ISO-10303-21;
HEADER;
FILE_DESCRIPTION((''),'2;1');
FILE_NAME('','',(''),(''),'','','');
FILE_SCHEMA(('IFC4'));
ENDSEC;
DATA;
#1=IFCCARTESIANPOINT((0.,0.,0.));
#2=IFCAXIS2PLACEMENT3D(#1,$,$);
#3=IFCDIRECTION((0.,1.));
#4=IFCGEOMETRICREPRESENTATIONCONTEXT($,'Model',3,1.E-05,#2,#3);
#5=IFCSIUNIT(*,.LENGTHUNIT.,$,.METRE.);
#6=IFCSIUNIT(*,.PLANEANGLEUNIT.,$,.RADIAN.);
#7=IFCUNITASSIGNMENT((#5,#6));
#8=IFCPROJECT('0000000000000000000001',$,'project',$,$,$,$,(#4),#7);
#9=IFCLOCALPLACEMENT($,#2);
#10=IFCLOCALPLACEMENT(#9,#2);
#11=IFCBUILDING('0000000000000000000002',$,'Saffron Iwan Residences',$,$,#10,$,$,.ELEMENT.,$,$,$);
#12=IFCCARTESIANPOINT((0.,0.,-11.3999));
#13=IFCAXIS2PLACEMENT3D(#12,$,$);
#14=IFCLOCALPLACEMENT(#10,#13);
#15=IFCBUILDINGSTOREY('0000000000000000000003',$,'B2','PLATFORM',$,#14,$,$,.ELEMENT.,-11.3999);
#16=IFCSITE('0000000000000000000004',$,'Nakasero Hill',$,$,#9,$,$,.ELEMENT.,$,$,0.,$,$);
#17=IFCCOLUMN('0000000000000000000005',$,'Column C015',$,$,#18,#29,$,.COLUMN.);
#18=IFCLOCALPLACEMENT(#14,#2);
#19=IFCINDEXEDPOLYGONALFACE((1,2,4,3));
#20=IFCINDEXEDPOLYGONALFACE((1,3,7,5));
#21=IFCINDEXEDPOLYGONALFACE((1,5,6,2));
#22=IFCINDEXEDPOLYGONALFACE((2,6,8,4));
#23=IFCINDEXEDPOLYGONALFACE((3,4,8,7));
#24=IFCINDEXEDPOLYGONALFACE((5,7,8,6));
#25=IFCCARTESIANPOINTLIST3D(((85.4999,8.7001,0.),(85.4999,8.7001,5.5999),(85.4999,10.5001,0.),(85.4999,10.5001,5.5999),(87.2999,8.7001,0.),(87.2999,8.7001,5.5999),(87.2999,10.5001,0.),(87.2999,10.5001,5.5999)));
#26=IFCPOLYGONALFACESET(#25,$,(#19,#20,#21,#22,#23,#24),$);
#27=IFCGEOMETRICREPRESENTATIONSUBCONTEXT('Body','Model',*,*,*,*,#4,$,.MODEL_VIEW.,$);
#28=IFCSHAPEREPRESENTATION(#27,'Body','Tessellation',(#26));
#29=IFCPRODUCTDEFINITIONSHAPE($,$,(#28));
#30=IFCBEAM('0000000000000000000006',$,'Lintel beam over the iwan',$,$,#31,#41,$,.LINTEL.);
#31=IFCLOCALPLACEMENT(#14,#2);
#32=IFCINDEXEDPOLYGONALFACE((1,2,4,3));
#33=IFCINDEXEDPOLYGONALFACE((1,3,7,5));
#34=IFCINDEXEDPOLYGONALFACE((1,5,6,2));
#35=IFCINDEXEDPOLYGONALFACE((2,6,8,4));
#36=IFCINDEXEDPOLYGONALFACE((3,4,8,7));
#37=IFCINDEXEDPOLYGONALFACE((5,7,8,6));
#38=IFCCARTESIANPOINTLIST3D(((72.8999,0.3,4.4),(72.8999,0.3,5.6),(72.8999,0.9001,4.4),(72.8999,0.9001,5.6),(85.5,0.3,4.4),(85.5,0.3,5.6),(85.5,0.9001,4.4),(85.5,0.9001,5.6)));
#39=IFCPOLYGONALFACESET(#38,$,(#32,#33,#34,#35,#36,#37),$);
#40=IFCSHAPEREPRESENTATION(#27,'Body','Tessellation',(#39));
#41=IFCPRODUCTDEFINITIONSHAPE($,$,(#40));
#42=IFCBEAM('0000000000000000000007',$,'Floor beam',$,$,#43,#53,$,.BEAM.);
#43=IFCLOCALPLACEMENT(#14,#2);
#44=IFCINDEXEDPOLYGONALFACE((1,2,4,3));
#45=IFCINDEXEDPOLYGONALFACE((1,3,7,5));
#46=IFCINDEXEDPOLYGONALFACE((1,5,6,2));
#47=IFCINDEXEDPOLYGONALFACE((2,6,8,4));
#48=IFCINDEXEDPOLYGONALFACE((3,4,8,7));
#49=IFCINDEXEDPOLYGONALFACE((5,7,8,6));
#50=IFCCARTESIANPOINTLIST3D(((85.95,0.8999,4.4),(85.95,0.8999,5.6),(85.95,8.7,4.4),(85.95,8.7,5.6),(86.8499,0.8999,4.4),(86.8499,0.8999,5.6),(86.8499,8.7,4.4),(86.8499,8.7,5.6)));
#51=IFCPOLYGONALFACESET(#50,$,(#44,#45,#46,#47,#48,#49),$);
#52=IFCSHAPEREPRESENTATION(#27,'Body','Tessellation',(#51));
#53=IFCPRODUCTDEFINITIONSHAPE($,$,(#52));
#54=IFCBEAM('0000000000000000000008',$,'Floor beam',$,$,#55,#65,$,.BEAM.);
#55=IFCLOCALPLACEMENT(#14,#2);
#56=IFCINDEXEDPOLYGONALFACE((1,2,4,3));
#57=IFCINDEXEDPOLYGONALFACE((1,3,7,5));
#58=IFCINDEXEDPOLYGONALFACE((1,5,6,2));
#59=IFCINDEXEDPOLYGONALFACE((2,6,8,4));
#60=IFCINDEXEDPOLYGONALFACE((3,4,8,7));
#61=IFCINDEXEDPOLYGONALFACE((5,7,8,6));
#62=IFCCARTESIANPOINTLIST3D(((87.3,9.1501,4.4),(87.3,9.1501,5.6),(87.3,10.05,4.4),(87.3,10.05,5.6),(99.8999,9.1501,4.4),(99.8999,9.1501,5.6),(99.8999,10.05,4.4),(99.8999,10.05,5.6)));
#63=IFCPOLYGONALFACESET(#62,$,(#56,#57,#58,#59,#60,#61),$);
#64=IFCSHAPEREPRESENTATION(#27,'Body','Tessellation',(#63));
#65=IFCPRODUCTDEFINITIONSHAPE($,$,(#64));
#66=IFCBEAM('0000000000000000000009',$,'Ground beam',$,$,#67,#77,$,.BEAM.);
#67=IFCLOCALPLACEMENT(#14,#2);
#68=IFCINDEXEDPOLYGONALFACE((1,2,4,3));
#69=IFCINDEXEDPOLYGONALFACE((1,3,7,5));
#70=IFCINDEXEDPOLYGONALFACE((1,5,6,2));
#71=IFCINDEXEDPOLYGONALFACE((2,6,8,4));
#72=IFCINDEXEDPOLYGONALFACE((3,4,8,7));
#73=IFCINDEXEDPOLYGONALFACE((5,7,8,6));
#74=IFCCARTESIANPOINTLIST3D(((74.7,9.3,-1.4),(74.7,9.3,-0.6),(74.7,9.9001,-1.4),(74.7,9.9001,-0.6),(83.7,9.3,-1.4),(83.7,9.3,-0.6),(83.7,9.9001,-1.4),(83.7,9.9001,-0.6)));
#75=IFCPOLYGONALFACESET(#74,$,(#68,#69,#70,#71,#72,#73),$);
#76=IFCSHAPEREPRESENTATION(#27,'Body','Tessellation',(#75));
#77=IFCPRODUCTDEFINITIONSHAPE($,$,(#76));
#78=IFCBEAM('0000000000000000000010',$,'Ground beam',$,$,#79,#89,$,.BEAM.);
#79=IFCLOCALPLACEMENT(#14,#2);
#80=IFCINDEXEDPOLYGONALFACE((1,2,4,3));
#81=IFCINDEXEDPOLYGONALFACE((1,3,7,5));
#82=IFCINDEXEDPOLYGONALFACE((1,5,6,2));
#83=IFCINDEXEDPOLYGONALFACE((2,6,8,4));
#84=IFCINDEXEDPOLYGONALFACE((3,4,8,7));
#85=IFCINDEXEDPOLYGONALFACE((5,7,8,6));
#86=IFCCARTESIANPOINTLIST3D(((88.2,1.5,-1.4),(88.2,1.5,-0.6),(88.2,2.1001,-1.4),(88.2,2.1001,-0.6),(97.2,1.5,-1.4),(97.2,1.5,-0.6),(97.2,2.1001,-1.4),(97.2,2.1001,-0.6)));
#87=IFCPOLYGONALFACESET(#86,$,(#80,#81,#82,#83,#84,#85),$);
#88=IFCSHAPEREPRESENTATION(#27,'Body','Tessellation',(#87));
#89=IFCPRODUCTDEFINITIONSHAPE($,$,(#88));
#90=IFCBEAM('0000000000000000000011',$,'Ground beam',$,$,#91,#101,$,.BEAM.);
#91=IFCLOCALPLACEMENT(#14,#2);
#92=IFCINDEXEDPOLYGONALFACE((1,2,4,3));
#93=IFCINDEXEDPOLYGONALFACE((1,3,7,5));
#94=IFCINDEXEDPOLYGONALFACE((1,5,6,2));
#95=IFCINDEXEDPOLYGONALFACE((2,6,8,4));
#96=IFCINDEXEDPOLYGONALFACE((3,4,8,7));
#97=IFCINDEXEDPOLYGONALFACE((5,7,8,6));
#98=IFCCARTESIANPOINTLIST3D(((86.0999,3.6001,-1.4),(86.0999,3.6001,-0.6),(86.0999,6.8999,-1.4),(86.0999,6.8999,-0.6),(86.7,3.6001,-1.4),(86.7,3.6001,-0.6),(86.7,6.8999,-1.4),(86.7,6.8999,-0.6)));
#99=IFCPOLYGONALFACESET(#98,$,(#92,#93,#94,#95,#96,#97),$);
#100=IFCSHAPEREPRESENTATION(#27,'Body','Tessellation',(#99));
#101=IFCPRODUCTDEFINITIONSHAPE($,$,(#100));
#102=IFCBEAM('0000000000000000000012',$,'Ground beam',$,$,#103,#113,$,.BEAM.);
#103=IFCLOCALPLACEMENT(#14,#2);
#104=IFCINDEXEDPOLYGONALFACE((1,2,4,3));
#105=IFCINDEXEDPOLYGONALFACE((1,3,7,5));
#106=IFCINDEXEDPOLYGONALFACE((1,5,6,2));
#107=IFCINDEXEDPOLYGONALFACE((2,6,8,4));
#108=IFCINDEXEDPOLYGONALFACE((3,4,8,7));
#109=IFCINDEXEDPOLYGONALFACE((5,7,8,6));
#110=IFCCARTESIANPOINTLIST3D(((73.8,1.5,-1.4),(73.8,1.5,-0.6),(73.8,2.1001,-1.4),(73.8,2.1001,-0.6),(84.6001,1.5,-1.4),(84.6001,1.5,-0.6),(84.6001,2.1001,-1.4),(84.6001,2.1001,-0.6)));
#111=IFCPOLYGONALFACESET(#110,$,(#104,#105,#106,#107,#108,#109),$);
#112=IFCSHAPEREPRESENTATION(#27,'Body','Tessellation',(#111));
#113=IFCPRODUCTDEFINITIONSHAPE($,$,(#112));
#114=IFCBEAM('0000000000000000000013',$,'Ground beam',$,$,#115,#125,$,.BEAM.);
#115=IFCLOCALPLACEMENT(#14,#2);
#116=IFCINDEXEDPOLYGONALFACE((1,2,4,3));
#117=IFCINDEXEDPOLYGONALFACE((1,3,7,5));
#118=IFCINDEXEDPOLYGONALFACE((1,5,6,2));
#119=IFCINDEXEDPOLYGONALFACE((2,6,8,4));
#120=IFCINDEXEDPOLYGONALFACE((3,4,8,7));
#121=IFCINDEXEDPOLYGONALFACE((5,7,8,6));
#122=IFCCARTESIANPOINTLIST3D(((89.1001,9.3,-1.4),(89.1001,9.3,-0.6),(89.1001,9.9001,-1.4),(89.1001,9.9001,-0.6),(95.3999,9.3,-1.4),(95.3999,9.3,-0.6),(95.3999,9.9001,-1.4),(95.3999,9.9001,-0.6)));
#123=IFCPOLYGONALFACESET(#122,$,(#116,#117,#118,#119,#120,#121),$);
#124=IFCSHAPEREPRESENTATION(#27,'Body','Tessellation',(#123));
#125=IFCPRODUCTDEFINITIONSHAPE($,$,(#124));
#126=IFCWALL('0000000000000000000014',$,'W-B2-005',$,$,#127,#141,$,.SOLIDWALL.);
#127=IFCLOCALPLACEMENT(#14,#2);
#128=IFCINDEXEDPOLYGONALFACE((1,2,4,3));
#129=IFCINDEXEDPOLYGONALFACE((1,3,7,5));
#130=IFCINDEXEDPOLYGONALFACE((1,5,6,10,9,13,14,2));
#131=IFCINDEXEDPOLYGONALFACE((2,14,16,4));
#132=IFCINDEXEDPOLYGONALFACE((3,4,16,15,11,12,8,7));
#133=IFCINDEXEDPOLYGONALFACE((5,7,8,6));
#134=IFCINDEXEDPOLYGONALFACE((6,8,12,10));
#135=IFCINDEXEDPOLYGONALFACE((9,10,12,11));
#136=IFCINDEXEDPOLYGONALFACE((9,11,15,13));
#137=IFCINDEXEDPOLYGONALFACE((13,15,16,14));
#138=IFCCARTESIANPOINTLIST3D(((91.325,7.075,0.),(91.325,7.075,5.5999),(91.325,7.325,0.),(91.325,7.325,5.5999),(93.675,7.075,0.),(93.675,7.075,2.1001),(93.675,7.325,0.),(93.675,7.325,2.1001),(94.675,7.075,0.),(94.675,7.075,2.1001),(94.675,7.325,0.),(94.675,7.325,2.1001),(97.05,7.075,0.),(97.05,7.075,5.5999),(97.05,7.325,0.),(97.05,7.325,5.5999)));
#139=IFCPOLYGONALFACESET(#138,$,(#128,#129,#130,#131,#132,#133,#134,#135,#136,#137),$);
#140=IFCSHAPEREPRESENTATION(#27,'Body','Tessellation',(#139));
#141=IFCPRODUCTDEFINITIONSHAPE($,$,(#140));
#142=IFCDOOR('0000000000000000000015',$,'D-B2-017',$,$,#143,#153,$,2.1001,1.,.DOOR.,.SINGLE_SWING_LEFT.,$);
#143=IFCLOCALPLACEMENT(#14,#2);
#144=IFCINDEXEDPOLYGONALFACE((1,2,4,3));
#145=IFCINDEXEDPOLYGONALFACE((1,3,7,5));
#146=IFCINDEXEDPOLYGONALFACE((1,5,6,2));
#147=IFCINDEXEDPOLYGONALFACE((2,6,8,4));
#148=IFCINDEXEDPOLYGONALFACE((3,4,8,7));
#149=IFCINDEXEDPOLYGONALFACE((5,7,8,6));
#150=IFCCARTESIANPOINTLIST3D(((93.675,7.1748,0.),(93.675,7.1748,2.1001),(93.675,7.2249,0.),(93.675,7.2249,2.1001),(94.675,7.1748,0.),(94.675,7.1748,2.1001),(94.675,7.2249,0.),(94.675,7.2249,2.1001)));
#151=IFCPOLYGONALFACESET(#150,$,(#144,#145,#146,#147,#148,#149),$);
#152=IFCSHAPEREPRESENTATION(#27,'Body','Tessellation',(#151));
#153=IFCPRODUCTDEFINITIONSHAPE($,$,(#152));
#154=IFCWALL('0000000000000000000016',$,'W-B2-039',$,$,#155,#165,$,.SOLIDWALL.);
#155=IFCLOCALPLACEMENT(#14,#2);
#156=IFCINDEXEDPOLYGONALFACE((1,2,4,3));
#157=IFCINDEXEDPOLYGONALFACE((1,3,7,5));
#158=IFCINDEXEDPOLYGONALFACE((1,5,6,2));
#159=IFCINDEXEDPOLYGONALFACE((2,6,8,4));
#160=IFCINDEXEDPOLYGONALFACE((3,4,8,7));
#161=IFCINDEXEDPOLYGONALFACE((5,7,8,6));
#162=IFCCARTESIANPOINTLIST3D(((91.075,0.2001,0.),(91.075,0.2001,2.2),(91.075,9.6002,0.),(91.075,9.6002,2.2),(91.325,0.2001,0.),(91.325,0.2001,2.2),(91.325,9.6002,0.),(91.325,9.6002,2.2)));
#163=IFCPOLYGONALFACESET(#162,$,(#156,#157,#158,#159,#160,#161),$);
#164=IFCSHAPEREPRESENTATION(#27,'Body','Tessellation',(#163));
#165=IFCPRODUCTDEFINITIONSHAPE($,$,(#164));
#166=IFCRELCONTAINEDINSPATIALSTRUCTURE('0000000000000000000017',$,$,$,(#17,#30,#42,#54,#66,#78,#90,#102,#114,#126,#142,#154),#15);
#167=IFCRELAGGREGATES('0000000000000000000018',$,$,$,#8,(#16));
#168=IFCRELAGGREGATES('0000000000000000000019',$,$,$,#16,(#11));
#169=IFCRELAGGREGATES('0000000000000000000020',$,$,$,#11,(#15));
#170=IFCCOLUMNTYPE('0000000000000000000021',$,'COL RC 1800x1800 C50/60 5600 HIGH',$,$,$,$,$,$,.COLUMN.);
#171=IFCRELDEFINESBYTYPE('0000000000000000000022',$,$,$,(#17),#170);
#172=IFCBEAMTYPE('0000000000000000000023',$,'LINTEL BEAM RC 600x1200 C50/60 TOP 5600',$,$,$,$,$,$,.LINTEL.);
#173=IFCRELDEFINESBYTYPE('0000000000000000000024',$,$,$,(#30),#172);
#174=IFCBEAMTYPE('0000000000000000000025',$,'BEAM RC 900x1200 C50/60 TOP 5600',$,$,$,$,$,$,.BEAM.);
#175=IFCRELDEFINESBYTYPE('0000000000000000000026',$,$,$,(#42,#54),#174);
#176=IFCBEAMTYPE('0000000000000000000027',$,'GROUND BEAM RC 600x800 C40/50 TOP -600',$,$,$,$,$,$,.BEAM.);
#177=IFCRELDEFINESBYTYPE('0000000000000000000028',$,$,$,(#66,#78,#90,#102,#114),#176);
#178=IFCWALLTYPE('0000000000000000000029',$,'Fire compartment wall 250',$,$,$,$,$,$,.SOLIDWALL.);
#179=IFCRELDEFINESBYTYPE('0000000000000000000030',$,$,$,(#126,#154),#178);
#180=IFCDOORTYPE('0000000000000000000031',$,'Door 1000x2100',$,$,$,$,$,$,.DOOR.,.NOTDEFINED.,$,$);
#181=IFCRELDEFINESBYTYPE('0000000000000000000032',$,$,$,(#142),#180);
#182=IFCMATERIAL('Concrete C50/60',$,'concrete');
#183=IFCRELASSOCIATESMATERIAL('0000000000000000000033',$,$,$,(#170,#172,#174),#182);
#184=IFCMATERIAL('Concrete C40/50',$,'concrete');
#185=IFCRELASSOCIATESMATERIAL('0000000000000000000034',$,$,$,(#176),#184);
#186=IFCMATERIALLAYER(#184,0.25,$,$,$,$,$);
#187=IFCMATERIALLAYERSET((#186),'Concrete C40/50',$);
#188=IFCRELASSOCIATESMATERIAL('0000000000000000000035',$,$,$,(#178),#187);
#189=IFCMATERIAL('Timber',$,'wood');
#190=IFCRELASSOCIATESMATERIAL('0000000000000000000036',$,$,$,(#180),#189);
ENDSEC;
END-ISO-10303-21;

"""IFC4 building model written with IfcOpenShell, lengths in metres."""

from ifc_helpers import new_model, si_unit, direction, frame, frame_2d, origin, origin_2d, place, context, subcontext, project, spatial, rectangle, extrude, source, transform, mapped, material, layer, layer_set, material_profile, profile_set, type_object, element, fill, save


model = new_model("IFC4")

# Units and contexts
model_context = context("Model", 3, precision=1e-05, world=origin(), true_north=direction((0.0, 1.0)))
body_context = subcontext(model_context, "Body", "Model", "MODEL_VIEW")
ifc_project = project(units=[si_unit("LENGTHUNIT", "METRE"), si_unit("PLANEANGLEUNIT", "RADIAN")], contexts=[model_context])

# Site, building, storey
site_placement = place(None, origin())
site = spatial("IfcSite", under=ifc_project, at=site_placement, Name="Nakasero Hill", CompositionType="ELEMENT", RefElevation=0.0)
building_placement = place(site_placement, origin())
building = spatial("IfcBuilding", under=site, at=building_placement, Name="Saffron Iwan Residences", CompositionType="ELEMENT")
storey_placement = place(building_placement, frame((0.0, 0.0, -11.3999)))
storey = spatial("IfcBuildingStorey", under=building, at=storey_placement, Name="B2", Description="PLATFORM", CompositionType="ELEMENT", Elevation=-11.3999)

# Shared definitions
ifc_material_1 = material(Name="Concrete C40/50", Category="concrete")

# Column
ifc_material_2 = material(Name="Concrete C50/60", Category="concrete")
ifc_material_profile_1 = material_profile(ifc_material_2, rectangle(XDim=1.8, YDim=1.8, at=origin_2d()), Name="RC 1800x1800")
ifc_profile_set_1 = profile_set([ifc_material_profile_1], Name="Concrete C50/60")
column_type = type_object("IfcColumnType", Name="COL RC 1800x1800 C50/60 5600 HIGH", PredefinedType="COLUMN", material=ifc_profile_set_1)
shared_shape_1 = source(origin(), body_context, "Body", "SweptSolid", [
    extrude(rectangle(XDim=1.8, YDim=1.8, at=origin_2d()), origin(), (0.0, 0.0, 1.0), 5.5999),
])
for number, where, z_axis, x_axis, name in (
    (1, (86.3999, 9.6001, 0.0), (0.0, 0.0, 1.0), (1.0, 0.0, 0.0), "Column C015"),
):
    element("IfcColumn", number, at=place(storey_placement, frame(where, z_axis=z_axis, x_axis=x_axis)), inside=storey, type_object=column_type, Name=name, PredefinedType="COLUMN", context=body_context, shape_type="MappedRepresentation", body=[
        mapped(shared_shape_1, transform((0.0, 0.0, 0.0))),
    ])

# Beams
ifc_material_profile_2 = material_profile(ifc_material_2, rectangle(XDim=0.6001, YDim=1.2, at=origin_2d()), Name="RC 600x1200")
ifc_profile_set_2 = profile_set([ifc_material_profile_2], Name="Concrete C50/60")
beam_type_1 = type_object("IfcBeamType", Name="LINTEL BEAM RC 600x1200 C50/60 TOP 5600", PredefinedType="LINTEL", material=ifc_profile_set_2)
shared_shape_2 = source(origin(), body_context, "Body", "SweptSolid", [
    extrude(rectangle(XDim=0.6001, YDim=1.2, at=origin_2d()), origin(), (0.0, 0.0, 1.0), 12.6001),
])
beam_1_placement = place(storey_placement, frame((85.5, 0.6001, 5.0), z_axis=(-1.0, 0.0, 0.0), x_axis=(0.0, -1.0, 0.0)))
element("IfcBeam", 2, at=beam_1_placement, inside=storey, type_object=beam_type_1, Name="Lintel beam over the iwan", PredefinedType="LINTEL", context=body_context, shape_type="MappedRepresentation", body=[
    mapped(shared_shape_2, transform((0.0, 0.0, 0.0))),
])
ifc_material_profile_3 = material_profile(ifc_material_2, rectangle(XDim=0.8999, YDim=1.2, at=origin_2d()), Name="RC 900x1200")
ifc_profile_set_3 = profile_set([ifc_material_profile_3], Name="Concrete C50/60")
beam_type_2 = type_object("IfcBeamType", Name="BEAM RC 900x1200 C50/60 TOP 5600", PredefinedType="BEAM", material=ifc_profile_set_3)
shared_shape_3 = source(origin(), body_context, "Body", "SweptSolid", [
    extrude(rectangle(XDim=0.8999, YDim=1.2, at=origin_2d()), origin(), (0.0, 0.0, 1.0), 7.8),
])
beam_2_placement = place(storey_placement, frame((86.3999, 0.8999, 5.0), z_axis=(0.0, 1.0, 0.0), x_axis=(-1.0, 0.0, 0.0)))
element("IfcBeam", 3, at=beam_2_placement, inside=storey, type_object=beam_type_2, Name="Floor beam", PredefinedType="BEAM", context=body_context, shape_type="MappedRepresentation", body=[
    mapped(shared_shape_3, transform((0.0, 0.0, 0.0))),
])
shared_shape_4 = source(origin(), body_context, "Body", "SweptSolid", [
    extrude(rectangle(XDim=0.8999, YDim=1.2, at=origin_2d()), origin(), (0.0, 0.0, 1.0), 12.5999),
])
beam_3_placement = place(storey_placement, frame((87.3, 9.6001, 5.0), z_axis=(1.0, 0.0, 0.0), x_axis=(0.0, 1.0, 0.0)))
element("IfcBeam", 4, at=beam_3_placement, inside=storey, type_object=beam_type_2, Name="Floor beam", PredefinedType="BEAM", context=body_context, shape_type="MappedRepresentation", body=[
    mapped(shared_shape_4, transform((0.0, 0.0, 0.0))),
])
ifc_material_profile_4 = material_profile(ifc_material_1, rectangle(XDim=0.6001, YDim=0.8, at=origin_2d()), Name="RC 600x800")
ifc_profile_set_4 = profile_set([ifc_material_profile_4], Name="Concrete C40/50")
beam_type_3 = type_object("IfcBeamType", Name="GROUND BEAM RC 600x800 C40/50 TOP -600", PredefinedType="BEAM", material=ifc_profile_set_4)
shared_shape_5 = source(origin(), body_context, "Body", "SweptSolid", [
    extrude(rectangle(XDim=0.6001, YDim=0.8, at=origin_2d()), origin(), (0.0, 0.0, 1.0), 9.0),
])
for number, where, z_axis, x_axis, name in (
    (5, (74.7, 9.6001, -1.0), (1.0, 0.0, 0.0), (0.0, 1.0, 0.0), "Ground beam"),
    (6, (88.2, 1.8, -1.0), (1.0, 0.0, 0.0), (0.0, 1.0, 0.0), "Ground beam"),
):
    element("IfcBeam", number, at=place(storey_placement, frame(where, z_axis=z_axis, x_axis=x_axis)), inside=storey, type_object=beam_type_3, Name=name, PredefinedType="BEAM", context=body_context, shape_type="MappedRepresentation", body=[
        mapped(shared_shape_5, transform((0.0, 0.0, 0.0))),
    ])
shared_shape_6 = source(origin(), body_context, "Body", "SweptSolid", [
    extrude(rectangle(XDim=0.6001, YDim=0.8, at=origin_2d()), origin(), (0.0, 0.0, 1.0), 3.2998),
])
beam_4_placement = place(storey_placement, frame((86.3999, 3.6001, -1.0), z_axis=(0.0, 1.0, 0.0), x_axis=(-1.0, 0.0, 0.0)))
element("IfcBeam", 7, at=beam_4_placement, inside=storey, type_object=beam_type_3, Name="Ground beam", PredefinedType="BEAM", context=body_context, shape_type="MappedRepresentation", body=[
    mapped(shared_shape_6, transform((0.0, 0.0, 0.0))),
])
shared_shape_7 = source(origin(), body_context, "Body", "SweptSolid", [
    extrude(rectangle(XDim=0.6001, YDim=0.8, at=origin_2d()), origin(), (0.0, 0.0, 1.0), 10.8),
])
beam_5_placement = place(storey_placement, frame((73.8, 1.8, -1.0), z_axis=(1.0, 0.0, 0.0), x_axis=(0.0, 1.0, 0.0)))
element("IfcBeam", 8, at=beam_5_placement, inside=storey, type_object=beam_type_3, Name="Ground beam", PredefinedType="BEAM", context=body_context, shape_type="MappedRepresentation", body=[
    mapped(shared_shape_7, transform((0.0, 0.0, 0.0))),
])
shared_shape_8 = source(origin(), body_context, "Body", "SweptSolid", [
    extrude(rectangle(XDim=0.6001, YDim=0.8, at=origin_2d()), origin(), (0.0, 0.0, 1.0), 6.2998),
])
beam_6_placement = place(storey_placement, frame((89.1001, 9.6001, -1.0), z_axis=(1.0, 0.0, 0.0), x_axis=(0.0, 1.0, 0.0)))
element("IfcBeam", 9, at=beam_6_placement, inside=storey, type_object=beam_type_3, Name="Ground beam", PredefinedType="BEAM", context=body_context, shape_type="MappedRepresentation", body=[
    mapped(shared_shape_8, transform((0.0, 0.0, 0.0))),
])

# Wall, opening, door
ifc_layer_1 = layer(ifc_material_1, 0.25)
ifc_layer_set_1 = layer_set([ifc_layer_1], Name="Concrete C40/50")
wall_type_1 = type_object("IfcWallType", Name="Fire compartment wall 250", PredefinedType="SOLIDWALL", material=ifc_layer_set_1)
wall_1_placement = place(storey_placement, frame((91.325, 7.2, 0.0), z_axis=(0.0, 0.0, 1.0), x_axis=(1.0, 0.0, 0.0)))
wall_1 = element("IfcWall", 10, at=wall_1_placement, inside=storey, type_object=wall_type_1, Name="W-B2-005", PredefinedType="SOLIDWALL", context=body_context, shape_type="SweptSolid", body=[
    extrude(rectangle(XDim=5.7251, YDim=0.25, at=frame_2d((2.8625, 0.0))), origin(), (0.0, 0.0, 1.0), 5.5999),
])
opening_1_placement = place(wall_1_placement, frame((2.3501, 0.0, 0.0)))
opening_1 = element("IfcOpeningElement", 11, at=opening_1_placement, cuts=wall_1, PredefinedType="OPENING", context=body_context, shape_type="SweptSolid", body=[
    extrude(rectangle(XDim=1.0, YDim=2.1001, at=frame_2d((0.5, 1.05))), frame((0.0, 0.135, 0.0), z_axis=(0.0, -1.0, 0.0), x_axis=(1.0, 0.0, 0.0)), (0.0, 0.0, 1.0), 0.27),
])
ifc_material_3 = material(Name="Timber", Category="wood")
door_type_1 = type_object("IfcDoorType", Name="Door 1000x2100", OperationType="NOTDEFINED", PredefinedType="DOOR", material=ifc_material_3)
door_1_placement = place(opening_1_placement, origin())
door_1 = element("IfcDoor", 12, at=door_1_placement, inside=storey, type_object=door_type_1, Name="D-B2-017", OperationType="SINGLE_SWING_LEFT", OverallHeight=2.1001, OverallWidth=1.0, PredefinedType="DOOR", context=body_context, shape_type="SweptSolid", body=[
    extrude(rectangle(XDim=1.0, YDim=2.1001, at=frame_2d((0.5, 1.05))), frame((0.0, 0.0249, 0.0), z_axis=(0.0, -1.0, 0.0), x_axis=(1.0, 0.0, 0.0)), (0.0, 0.0, 1.0), 0.05),
])
fill(opening_1, door_1)

# Wall
wall_2_placement = place(storey_placement, frame((91.2, 0.2, 0.0), z_axis=(0.0, 0.0, 1.0), x_axis=(0.0, 1.0, 0.0)))
element("IfcWall", 13, at=wall_2_placement, inside=storey, type_object=wall_type_1, Name="W-B2-039", PredefinedType="SOLIDWALL", context=body_context, shape_type="SweptSolid", body=[
    extrude(rectangle(XDim=9.4001, YDim=0.25, at=frame_2d((4.7002, 0.0))), origin(), (0.0, 0.0, 1.0), 2.2),
])

save(model, "model.ifc")
